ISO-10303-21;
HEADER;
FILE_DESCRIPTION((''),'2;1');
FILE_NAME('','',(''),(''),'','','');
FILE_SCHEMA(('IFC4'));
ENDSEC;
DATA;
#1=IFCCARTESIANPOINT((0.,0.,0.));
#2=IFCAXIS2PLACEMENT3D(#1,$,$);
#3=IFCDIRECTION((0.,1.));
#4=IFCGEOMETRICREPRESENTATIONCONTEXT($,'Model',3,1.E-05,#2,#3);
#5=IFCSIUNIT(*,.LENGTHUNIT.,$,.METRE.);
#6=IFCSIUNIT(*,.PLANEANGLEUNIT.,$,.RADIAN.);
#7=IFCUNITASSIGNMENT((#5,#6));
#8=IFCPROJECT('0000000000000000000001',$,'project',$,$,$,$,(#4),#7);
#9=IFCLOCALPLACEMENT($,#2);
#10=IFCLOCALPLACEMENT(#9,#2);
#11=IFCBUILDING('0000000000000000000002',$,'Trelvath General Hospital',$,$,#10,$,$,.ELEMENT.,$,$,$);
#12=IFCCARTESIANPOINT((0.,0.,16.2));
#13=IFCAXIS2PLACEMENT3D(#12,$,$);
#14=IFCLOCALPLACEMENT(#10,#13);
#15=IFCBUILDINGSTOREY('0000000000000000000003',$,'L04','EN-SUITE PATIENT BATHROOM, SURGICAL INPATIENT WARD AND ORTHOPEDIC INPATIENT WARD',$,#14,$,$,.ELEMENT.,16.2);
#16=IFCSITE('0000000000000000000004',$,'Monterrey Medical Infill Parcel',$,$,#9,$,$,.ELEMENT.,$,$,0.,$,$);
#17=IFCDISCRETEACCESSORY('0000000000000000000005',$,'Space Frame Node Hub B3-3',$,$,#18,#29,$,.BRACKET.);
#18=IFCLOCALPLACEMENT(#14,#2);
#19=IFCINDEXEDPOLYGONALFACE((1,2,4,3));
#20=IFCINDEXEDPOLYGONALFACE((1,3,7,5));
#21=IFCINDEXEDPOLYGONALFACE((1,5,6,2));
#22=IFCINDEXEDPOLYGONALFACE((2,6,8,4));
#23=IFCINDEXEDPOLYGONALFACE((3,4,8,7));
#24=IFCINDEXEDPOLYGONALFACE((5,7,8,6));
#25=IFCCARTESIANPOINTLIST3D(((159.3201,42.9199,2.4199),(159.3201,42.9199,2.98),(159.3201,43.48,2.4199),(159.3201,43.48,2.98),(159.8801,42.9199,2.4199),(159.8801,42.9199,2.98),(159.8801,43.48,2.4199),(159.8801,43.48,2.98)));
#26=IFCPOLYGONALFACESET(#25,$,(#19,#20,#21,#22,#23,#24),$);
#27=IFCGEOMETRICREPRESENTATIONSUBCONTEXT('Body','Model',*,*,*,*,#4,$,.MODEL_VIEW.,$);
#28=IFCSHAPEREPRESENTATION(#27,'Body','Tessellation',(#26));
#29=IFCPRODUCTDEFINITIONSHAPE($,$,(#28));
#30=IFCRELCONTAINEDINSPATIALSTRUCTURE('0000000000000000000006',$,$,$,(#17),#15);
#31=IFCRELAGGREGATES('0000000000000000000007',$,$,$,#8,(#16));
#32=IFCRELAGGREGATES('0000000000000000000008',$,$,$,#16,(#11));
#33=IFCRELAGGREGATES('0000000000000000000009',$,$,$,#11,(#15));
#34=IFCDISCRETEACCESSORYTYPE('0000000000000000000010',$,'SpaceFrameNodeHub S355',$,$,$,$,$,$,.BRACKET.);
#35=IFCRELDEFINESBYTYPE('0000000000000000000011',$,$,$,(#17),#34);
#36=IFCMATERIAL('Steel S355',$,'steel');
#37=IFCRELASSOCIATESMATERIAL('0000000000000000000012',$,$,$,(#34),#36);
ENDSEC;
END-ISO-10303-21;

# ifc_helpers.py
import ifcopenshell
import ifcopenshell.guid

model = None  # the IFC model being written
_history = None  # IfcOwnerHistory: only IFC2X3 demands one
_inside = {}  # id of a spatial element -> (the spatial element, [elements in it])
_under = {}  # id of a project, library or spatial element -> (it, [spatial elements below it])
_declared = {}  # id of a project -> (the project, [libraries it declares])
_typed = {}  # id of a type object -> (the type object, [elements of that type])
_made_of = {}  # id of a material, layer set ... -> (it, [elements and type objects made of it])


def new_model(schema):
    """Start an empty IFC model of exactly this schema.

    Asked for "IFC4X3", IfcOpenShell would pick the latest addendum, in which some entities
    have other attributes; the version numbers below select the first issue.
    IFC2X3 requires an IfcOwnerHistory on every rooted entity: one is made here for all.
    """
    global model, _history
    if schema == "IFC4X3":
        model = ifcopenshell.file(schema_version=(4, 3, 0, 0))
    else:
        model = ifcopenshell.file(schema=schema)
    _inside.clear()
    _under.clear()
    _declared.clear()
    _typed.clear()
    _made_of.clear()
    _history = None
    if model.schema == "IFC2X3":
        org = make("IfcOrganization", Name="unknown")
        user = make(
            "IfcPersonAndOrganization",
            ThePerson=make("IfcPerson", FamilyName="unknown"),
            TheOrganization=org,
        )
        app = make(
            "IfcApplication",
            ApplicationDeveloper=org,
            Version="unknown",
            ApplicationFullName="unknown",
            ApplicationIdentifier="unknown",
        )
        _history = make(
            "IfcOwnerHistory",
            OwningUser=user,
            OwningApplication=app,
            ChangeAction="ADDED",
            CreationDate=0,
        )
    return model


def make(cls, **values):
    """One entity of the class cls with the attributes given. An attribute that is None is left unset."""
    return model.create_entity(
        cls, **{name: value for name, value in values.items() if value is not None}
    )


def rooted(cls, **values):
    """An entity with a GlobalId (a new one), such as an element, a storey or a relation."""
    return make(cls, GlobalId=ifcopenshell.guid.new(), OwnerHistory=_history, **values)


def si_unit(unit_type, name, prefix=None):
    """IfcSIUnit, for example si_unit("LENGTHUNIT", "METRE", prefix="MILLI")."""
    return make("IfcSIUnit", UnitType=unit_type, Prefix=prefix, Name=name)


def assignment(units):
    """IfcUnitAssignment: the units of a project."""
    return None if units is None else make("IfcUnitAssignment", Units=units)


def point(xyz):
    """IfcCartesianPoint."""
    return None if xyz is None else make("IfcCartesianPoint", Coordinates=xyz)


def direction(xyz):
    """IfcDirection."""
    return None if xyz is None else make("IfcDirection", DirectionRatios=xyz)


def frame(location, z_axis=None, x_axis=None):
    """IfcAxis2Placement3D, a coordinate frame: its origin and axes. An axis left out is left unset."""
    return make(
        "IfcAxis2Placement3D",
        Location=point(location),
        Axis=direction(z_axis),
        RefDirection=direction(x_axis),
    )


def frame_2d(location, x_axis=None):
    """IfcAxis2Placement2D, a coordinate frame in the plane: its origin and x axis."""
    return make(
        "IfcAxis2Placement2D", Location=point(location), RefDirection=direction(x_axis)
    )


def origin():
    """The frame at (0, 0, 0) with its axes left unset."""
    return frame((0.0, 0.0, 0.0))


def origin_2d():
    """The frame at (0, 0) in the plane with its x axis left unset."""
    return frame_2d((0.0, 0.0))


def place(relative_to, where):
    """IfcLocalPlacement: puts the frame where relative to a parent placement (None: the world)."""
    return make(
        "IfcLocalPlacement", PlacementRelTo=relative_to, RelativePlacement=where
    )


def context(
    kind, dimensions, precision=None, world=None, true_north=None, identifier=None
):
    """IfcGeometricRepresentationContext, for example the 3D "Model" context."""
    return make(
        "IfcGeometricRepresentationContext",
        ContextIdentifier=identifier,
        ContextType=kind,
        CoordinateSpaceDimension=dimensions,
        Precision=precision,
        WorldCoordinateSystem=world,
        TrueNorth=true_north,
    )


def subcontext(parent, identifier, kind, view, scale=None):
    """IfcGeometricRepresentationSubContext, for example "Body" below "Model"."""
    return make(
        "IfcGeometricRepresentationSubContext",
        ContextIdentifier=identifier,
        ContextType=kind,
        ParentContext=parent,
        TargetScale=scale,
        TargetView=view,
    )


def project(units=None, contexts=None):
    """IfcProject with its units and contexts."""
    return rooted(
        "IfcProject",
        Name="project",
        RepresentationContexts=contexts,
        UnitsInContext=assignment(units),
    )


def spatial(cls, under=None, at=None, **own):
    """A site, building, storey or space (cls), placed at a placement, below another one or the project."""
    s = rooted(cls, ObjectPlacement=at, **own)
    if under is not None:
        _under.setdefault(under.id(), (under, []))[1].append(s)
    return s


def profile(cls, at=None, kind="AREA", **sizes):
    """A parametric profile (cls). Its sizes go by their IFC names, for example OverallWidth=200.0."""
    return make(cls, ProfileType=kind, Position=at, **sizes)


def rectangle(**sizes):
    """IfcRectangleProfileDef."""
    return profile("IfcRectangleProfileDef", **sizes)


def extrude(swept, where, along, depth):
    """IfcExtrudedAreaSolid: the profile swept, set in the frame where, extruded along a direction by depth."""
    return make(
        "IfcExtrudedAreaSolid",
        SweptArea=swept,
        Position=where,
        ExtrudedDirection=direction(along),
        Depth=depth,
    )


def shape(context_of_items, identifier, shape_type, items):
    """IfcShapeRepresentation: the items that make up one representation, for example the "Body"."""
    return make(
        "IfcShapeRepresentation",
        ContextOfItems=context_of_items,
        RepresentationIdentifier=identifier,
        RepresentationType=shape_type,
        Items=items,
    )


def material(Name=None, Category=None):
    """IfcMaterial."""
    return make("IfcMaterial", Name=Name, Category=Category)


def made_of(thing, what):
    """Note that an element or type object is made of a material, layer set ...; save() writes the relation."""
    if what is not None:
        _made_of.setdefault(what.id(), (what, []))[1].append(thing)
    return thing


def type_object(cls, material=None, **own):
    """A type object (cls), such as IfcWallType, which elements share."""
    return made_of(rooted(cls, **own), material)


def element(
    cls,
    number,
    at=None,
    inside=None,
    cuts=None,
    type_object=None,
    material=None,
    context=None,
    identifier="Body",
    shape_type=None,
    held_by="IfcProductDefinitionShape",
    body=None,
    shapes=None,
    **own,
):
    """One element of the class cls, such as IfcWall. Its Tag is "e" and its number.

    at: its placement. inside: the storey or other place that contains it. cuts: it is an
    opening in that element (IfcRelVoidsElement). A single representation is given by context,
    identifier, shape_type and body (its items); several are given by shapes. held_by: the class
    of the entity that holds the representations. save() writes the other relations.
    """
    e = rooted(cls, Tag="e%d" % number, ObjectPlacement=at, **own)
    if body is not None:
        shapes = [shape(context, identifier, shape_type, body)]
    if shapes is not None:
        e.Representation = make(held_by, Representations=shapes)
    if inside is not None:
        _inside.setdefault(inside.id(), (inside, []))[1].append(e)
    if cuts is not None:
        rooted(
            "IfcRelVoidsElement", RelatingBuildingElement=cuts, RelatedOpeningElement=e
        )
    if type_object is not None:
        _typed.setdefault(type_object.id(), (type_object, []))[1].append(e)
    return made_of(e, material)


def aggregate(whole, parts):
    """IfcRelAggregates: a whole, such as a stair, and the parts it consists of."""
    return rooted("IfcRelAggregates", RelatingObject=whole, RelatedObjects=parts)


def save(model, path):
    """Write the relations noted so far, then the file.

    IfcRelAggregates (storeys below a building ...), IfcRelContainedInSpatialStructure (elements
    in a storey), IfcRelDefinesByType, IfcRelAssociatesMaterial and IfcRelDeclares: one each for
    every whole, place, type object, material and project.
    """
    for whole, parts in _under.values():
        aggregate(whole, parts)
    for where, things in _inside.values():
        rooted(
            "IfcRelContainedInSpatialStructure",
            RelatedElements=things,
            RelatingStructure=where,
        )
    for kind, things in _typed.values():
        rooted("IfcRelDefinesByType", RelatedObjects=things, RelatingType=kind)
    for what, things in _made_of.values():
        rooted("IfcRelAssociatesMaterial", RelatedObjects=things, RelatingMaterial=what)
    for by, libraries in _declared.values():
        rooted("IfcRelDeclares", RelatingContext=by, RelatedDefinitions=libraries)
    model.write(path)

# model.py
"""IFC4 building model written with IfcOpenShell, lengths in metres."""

from ifc_helpers import new_model, si_unit, direction, frame, origin, origin_2d, place, context, subcontext, project, spatial, rectangle, extrude, material, type_object, element, save


model = new_model("IFC4")

# Units and contexts
model_context = context("Model", 3, precision=1e-05, world=origin(), true_north=direction((0.0, 1.0)))
body_context = subcontext(model_context, "Body", "Model", "MODEL_VIEW")
ifc_project = project(units=[si_unit("LENGTHUNIT", "METRE"), si_unit("PLANEANGLEUNIT", "RADIAN")], contexts=[model_context])

# Site, building, storey
site_placement = place(None, origin())
site = spatial("IfcSite", under=ifc_project, at=site_placement, Name="Monterrey Medical Infill Parcel", CompositionType="ELEMENT", RefElevation=0.0)
building_placement = place(site_placement, origin())
building = spatial("IfcBuilding", under=site, at=building_placement, Name="Trelvath General Hospital", CompositionType="ELEMENT")
storey_placement = place(building_placement, frame((0.0, 0.0, 16.2)))
storey = spatial("IfcBuildingStorey", under=building, at=storey_placement, Name="L04", Description="EN-SUITE PATIENT BATHROOM, SURGICAL INPATIENT WARD AND ORTHOPEDIC INPATIENT WARD", CompositionType="ELEMENT", Elevation=16.2)

# Discrete accessory
ifc_material_1 = material(Name="Steel S355", Category="steel")
discrete_accessory_type = type_object("IfcDiscreteAccessoryType", Name="SpaceFrameNodeHub S355", PredefinedType="BRACKET", material=ifc_material_1)
for number, where, z_axis, x_axis, name in (
    (1, (159.6001, 43.2, 2.4199), (0.0, 0.0, 1.0), (1.0, 0.0, 0.0), "Space Frame Node Hub B3-3"),
):
    element("IfcDiscreteAccessory", number, at=place(storey_placement, frame(where, z_axis=z_axis, x_axis=x_axis)), inside=storey, type_object=discrete_accessory_type, Name=name, PredefinedType="BRACKET", context=body_context, shape_type="SweptSolid", body=[
        extrude(rectangle(XDim=0.5601, YDim=0.5601, at=origin_2d()), origin(), (0.0, 0.0, 1.0), 0.5601),
    ])

save(model, "model.ifc")
